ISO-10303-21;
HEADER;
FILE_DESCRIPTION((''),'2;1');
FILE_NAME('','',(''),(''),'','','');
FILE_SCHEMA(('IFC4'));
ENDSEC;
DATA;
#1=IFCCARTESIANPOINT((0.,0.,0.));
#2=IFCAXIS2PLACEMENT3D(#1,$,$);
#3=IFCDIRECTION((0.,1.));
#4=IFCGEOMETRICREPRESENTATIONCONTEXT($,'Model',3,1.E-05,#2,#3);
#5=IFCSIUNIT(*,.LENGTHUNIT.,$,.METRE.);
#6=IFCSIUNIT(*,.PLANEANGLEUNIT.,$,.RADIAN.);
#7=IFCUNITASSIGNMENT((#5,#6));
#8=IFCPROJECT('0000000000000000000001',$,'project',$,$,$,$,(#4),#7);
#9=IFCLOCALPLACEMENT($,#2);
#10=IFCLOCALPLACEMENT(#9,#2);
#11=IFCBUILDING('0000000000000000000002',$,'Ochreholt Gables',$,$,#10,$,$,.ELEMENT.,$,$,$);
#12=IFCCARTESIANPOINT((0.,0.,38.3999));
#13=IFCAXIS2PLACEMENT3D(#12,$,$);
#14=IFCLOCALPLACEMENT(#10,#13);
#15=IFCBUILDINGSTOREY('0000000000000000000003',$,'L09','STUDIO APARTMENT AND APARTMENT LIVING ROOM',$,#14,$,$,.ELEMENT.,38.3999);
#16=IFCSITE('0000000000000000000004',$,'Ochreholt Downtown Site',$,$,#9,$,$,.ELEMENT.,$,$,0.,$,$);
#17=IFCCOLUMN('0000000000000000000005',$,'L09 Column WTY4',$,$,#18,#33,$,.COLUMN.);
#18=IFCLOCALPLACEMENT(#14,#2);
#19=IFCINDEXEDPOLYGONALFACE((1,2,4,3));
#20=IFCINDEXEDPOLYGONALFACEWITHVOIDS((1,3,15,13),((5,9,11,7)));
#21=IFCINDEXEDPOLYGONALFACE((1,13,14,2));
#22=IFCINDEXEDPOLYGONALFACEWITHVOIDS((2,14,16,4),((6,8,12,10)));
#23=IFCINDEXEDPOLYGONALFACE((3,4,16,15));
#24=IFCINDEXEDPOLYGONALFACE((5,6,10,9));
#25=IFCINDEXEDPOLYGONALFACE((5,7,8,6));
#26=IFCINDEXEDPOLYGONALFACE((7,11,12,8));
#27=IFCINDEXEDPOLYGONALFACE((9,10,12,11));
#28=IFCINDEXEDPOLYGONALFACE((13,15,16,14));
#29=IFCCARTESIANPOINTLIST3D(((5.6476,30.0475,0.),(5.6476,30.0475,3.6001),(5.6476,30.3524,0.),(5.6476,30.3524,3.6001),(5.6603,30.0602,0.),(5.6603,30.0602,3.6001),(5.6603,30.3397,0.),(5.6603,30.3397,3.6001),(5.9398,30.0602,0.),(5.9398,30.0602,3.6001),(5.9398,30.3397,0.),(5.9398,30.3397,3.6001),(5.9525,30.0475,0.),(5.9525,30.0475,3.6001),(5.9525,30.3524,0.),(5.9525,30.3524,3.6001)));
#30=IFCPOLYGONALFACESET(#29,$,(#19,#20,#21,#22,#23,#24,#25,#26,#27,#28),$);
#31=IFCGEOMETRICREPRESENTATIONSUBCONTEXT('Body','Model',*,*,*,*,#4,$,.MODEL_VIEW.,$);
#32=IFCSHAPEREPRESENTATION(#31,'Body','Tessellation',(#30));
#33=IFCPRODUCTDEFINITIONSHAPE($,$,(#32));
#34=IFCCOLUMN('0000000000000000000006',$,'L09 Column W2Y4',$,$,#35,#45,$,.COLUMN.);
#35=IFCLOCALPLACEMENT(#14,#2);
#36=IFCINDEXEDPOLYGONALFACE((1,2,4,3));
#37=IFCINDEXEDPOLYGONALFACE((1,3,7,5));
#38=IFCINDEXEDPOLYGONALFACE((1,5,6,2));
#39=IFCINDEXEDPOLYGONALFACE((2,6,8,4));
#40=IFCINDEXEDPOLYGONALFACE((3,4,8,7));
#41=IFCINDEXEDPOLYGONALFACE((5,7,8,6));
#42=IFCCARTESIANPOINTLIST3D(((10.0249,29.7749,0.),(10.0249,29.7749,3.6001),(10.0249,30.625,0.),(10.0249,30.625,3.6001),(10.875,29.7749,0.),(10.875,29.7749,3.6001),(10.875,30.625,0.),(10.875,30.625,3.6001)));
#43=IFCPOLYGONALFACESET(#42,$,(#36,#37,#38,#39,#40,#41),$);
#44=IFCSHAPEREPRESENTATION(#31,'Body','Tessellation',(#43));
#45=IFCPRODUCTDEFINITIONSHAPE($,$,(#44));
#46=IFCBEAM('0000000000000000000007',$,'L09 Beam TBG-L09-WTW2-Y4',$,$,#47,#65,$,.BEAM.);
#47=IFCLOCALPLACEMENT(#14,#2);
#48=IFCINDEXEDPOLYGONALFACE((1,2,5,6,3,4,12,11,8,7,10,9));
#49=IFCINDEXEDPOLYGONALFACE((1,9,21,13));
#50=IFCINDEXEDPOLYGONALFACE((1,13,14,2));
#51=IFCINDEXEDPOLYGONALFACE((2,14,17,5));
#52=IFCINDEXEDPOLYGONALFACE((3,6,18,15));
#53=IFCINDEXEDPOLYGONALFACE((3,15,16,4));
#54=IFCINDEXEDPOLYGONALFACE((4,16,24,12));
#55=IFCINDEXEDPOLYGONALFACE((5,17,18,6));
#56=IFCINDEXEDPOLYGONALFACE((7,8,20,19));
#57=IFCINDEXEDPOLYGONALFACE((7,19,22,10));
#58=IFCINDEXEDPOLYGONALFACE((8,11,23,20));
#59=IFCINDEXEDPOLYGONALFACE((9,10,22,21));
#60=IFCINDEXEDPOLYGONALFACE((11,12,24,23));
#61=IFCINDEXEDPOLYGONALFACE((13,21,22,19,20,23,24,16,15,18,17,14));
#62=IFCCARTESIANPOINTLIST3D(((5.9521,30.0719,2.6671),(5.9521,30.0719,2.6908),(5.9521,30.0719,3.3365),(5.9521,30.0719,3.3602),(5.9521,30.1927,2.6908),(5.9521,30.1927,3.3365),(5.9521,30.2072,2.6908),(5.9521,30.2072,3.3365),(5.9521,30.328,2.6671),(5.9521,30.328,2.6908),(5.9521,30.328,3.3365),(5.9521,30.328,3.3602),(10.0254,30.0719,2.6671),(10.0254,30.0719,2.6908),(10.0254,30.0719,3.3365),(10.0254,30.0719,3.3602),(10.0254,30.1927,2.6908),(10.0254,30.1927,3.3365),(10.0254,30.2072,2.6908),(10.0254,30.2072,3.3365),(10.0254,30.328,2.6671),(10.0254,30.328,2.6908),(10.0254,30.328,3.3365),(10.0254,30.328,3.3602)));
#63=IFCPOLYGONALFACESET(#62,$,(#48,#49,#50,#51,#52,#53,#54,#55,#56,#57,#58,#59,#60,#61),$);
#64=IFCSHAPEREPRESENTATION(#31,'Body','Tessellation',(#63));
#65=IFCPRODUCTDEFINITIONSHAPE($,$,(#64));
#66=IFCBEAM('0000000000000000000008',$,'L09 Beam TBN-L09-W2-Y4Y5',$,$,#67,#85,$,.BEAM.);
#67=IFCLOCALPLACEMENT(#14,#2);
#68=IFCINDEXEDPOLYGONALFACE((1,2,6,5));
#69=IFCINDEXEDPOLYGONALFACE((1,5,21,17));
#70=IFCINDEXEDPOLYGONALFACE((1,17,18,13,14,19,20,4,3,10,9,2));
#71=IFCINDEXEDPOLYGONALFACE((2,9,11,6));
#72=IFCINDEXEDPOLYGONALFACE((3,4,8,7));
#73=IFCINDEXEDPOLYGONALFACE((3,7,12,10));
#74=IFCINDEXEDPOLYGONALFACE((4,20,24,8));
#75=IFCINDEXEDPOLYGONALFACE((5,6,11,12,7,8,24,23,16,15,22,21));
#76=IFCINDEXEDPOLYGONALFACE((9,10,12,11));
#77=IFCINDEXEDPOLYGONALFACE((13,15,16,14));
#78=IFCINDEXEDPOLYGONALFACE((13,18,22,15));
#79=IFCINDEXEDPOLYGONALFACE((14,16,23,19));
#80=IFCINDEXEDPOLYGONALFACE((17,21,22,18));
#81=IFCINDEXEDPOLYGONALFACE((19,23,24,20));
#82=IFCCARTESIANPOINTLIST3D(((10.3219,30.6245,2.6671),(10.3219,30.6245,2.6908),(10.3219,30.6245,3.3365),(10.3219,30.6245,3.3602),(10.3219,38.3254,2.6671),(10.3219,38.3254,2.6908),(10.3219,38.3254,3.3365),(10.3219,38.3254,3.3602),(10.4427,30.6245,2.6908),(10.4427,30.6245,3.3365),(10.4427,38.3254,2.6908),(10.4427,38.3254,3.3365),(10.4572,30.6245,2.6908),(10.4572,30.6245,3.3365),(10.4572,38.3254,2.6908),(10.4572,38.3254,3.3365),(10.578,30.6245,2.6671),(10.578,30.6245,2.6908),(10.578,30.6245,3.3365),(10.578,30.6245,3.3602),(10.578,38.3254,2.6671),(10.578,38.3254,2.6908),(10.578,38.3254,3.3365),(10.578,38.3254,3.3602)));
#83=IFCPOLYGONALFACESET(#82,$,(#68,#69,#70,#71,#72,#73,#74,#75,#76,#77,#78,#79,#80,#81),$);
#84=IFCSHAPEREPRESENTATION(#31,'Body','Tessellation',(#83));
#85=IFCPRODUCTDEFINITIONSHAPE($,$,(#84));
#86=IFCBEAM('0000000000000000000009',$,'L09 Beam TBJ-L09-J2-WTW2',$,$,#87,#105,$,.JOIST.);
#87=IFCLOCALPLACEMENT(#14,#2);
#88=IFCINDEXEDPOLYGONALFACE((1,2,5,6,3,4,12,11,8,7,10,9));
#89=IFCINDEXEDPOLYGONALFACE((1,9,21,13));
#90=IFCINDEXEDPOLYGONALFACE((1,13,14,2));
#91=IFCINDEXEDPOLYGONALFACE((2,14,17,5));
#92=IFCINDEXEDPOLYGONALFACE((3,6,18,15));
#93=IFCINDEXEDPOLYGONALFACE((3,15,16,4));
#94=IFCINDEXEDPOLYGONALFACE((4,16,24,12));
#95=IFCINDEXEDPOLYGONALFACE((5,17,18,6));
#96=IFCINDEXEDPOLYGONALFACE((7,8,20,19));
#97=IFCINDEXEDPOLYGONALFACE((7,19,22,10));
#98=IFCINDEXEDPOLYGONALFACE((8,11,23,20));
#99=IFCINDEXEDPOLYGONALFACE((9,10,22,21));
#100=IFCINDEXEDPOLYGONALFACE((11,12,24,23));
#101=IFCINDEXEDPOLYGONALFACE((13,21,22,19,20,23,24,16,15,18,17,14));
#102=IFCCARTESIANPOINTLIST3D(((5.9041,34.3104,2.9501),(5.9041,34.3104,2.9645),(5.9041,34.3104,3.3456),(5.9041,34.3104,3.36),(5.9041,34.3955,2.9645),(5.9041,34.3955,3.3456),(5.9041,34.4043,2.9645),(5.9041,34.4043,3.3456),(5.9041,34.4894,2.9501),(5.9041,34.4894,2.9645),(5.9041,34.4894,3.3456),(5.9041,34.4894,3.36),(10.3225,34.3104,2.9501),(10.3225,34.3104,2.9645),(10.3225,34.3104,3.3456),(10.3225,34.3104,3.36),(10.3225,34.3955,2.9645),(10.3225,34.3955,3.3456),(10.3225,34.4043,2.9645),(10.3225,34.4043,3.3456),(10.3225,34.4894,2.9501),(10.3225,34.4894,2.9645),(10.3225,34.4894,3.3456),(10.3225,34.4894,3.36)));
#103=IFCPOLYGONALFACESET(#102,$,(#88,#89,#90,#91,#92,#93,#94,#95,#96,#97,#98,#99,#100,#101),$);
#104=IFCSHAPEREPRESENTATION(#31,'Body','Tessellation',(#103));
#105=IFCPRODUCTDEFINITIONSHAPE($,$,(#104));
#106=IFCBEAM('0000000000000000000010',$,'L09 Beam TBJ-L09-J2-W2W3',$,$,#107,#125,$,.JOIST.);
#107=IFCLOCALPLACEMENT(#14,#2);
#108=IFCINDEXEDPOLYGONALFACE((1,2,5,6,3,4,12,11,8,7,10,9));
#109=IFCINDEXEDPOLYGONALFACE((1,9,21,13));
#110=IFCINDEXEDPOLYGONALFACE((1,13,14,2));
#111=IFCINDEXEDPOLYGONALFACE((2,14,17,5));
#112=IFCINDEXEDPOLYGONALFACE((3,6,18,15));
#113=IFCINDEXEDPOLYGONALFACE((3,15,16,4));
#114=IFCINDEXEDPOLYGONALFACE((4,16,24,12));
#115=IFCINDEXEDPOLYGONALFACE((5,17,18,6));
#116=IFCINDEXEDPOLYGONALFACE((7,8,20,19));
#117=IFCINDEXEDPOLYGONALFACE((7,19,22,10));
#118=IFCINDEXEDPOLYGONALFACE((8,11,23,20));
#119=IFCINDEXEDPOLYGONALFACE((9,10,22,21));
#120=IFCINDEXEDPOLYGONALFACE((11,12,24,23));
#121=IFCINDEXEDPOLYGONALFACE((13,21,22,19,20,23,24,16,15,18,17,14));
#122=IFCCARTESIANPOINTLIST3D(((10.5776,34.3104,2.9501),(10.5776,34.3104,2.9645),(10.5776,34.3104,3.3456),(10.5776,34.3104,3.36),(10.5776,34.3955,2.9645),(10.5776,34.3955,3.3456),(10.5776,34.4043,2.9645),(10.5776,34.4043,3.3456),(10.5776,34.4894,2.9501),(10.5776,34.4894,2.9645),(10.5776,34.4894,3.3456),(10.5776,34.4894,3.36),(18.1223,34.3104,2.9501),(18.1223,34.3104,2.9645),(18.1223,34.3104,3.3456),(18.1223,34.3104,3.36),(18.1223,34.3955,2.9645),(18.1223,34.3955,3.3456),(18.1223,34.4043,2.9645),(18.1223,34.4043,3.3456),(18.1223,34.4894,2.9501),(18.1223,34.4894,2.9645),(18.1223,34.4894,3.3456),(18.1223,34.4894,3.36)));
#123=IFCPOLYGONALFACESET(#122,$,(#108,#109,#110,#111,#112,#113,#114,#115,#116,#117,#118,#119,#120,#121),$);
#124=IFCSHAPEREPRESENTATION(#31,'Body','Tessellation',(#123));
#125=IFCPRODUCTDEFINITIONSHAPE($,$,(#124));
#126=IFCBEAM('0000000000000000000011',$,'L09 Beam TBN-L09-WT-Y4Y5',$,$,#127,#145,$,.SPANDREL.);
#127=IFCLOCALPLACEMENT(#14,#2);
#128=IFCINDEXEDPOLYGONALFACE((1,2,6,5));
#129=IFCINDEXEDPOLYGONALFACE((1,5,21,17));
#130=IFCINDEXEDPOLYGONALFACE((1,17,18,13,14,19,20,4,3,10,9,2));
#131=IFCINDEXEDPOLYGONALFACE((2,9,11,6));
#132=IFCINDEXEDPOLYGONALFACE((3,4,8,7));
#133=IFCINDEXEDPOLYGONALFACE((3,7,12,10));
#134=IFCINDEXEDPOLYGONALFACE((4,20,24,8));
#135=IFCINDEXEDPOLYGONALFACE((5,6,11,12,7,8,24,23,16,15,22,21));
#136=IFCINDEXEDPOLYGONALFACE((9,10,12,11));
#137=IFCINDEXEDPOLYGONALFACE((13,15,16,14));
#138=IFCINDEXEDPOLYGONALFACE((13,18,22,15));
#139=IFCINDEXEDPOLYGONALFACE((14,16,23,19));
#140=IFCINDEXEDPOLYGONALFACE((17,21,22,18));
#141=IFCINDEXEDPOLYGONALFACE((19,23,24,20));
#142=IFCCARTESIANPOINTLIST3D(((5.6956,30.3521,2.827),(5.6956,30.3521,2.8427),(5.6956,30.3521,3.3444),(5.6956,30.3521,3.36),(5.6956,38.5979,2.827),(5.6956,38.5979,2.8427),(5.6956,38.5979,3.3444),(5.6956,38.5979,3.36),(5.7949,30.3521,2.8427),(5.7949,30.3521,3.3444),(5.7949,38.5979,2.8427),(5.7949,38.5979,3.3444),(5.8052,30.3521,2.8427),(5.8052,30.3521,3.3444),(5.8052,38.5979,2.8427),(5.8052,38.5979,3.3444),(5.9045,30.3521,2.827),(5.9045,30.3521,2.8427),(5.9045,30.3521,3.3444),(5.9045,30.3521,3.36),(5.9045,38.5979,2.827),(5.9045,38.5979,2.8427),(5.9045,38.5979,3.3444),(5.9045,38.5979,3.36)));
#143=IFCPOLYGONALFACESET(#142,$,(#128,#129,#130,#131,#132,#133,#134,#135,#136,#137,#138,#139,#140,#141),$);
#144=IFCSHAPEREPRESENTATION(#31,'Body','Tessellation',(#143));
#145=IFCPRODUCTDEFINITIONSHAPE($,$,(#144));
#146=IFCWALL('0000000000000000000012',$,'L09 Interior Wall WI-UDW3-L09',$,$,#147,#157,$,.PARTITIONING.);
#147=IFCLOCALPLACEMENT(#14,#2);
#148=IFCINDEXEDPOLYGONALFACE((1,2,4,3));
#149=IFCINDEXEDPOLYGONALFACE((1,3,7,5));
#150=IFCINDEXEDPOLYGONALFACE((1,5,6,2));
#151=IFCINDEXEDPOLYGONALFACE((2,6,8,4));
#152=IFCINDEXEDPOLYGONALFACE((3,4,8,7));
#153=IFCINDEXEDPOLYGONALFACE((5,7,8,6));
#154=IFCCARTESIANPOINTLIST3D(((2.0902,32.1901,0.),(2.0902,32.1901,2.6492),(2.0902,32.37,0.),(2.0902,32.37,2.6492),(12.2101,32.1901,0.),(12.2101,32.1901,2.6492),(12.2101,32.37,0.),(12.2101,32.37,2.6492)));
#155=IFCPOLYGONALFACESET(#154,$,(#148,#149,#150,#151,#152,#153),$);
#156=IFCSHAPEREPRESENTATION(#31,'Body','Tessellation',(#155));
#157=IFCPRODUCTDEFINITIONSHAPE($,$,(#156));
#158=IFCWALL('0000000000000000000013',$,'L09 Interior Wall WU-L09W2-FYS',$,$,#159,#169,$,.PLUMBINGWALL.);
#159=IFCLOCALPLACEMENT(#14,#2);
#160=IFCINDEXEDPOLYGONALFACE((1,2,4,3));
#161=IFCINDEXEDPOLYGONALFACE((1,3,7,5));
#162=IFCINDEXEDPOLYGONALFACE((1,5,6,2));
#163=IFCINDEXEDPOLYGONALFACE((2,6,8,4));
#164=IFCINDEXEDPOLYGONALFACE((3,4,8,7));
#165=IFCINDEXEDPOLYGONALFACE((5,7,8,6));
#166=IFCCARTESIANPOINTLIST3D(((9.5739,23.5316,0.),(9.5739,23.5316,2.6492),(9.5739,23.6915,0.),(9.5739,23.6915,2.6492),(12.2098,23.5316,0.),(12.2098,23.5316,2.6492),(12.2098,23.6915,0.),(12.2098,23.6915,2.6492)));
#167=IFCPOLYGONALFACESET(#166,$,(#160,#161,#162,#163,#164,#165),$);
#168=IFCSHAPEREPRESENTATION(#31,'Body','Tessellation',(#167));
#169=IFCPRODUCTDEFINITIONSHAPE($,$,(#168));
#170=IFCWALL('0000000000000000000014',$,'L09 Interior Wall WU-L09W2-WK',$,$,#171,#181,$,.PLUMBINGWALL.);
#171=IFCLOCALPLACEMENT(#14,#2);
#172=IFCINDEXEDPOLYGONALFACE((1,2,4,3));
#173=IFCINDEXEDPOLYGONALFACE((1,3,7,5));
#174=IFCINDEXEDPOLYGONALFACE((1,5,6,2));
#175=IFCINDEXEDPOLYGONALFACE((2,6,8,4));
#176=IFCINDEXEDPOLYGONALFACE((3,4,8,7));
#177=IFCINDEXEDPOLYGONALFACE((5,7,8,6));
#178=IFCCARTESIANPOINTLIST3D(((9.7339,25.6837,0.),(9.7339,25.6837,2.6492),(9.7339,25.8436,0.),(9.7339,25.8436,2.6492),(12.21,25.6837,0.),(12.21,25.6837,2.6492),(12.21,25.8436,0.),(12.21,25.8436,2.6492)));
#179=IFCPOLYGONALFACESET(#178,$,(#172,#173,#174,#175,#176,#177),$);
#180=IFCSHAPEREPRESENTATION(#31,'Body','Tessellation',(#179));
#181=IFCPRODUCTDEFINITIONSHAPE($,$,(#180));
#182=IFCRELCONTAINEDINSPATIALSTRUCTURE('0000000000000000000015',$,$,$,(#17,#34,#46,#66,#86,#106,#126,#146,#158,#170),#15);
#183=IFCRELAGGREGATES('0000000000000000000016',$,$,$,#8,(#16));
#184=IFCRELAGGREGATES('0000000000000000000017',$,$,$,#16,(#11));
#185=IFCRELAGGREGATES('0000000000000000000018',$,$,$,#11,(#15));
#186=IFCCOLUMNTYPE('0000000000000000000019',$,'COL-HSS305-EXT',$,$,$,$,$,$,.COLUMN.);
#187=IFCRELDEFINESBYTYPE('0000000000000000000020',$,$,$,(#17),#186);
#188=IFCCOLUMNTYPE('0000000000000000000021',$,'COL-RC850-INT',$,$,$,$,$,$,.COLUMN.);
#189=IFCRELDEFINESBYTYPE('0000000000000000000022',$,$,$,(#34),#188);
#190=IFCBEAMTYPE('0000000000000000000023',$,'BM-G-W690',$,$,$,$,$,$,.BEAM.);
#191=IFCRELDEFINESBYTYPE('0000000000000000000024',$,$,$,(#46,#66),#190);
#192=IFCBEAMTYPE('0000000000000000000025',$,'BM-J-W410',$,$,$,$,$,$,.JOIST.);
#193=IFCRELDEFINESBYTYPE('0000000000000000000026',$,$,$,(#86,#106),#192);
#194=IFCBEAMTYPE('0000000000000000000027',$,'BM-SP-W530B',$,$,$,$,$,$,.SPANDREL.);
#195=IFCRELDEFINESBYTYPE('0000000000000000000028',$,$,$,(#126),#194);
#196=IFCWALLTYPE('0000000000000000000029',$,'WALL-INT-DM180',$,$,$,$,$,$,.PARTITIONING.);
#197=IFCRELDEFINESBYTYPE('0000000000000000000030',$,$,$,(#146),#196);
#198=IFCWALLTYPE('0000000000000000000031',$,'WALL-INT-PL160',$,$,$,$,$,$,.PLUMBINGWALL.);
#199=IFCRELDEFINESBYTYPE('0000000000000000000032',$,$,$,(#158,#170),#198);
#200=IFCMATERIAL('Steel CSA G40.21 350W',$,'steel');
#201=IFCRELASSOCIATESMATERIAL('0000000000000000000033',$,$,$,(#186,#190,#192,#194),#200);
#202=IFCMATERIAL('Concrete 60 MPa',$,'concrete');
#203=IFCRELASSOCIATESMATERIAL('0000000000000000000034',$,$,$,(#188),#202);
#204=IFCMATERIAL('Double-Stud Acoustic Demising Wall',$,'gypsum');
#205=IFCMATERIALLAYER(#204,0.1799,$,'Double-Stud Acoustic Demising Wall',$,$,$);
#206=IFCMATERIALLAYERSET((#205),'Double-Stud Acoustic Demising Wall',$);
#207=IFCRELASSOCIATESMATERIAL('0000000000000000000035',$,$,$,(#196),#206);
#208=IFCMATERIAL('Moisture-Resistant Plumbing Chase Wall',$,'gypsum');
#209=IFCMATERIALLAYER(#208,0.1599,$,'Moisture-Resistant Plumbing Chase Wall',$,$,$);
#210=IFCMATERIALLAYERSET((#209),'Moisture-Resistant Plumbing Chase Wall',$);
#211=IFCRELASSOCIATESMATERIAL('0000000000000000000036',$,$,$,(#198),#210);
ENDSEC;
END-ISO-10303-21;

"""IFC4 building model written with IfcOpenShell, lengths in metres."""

from ifc_helpers import new_model, si_unit, direction, frame, frame_2d, origin, origin_2d, place, context, subcontext, project, spatial, rectangle, hollow_rectangle, i_section, extrude, material, layer, layer_set, material_profile, profile_set, type_object, element, save


model = new_model("IFC4")

# Units and contexts
model_context = context("Model", 3, precision=1e-05, world=origin(), true_north=direction((0.0, 1.0)))
body_context = subcontext(model_context, "Body", "Model", "MODEL_VIEW")
ifc_project = project(units=[si_unit("LENGTHUNIT", "METRE"), si_unit("PLANEANGLEUNIT", "RADIAN")], contexts=[model_context])

# Site, building, storey
site_placement = place(None, origin())
site = spatial("IfcSite", under=ifc_project, at=site_placement, Name="Ochreholt Downtown Site", CompositionType="ELEMENT", RefElevation=0.0)
building_placement = place(site_placement, origin())
building = spatial("IfcBuilding", under=site, at=building_placement, Name="Ochreholt Gables", CompositionType="ELEMENT")
storey_placement = place(building_placement, frame((0.0, 0.0, 38.3999)))
storey = spatial("IfcBuildingStorey", under=building, at=storey_placement, Name="L09", Description="STUDIO APARTMENT AND APARTMENT LIVING ROOM", CompositionType="ELEMENT", Elevation=38.3999)

# Columns
ifc_material_1 = material(Name="Steel CSA G40.21 350W", Category="steel")
ifc_material_profile_1 = material_profile(ifc_material_1, hollow_rectangle(XDim=0.3049, YDim=0.3049, WallThickness=0.0127, at=origin_2d()), Name="HSS305X305X13")
ifc_profile_set_1 = profile_set([ifc_material_profile_1], Name="Steel CSA G40.21 350W")
column_type_1 = type_object("IfcColumnType", Name="COL-HSS305-EXT", PredefinedType="COLUMN", material=ifc_profile_set_1)
column_1_placement = place(storey_placement, frame((5.8, 30.2, 0.0), z_axis=(0.0, 0.0, 1.0), x_axis=(1.0, 0.0, 0.0)))
element("IfcColumn", 1, at=column_1_placement, inside=storey, type_object=column_type_1, Name="L09 Column WTY4", PredefinedType="COLUMN", context=body_context, shape_type="SweptSolid", body=[
    extrude(hollow_rectangle(XDim=0.3049, YDim=0.3049, WallThickness=0.0127, at=origin_2d()), origin(), (0.0, 0.0, 1.0), 3.6001),
])
ifc_material_2 = material(Name="Concrete 60 MPa", Category="concrete")
ifc_material_profile_2 = material_profile(ifc_material_2, rectangle(XDim=0.8501, YDim=0.8501, at=origin_2d()), Name="RC850X850")
ifc_profile_set_2 = profile_set([ifc_material_profile_2], Name="Concrete 60 MPa")
column_type_2 = type_object("IfcColumnType", Name="COL-RC850-INT", PredefinedType="COLUMN", material=ifc_profile_set_2)
column_2_placement = place(storey_placement, frame((10.45, 30.2, 0.0), z_axis=(0.0, 0.0, 1.0), x_axis=(1.0, 0.0, 0.0)))
element("IfcColumn", 2, at=column_2_placement, inside=storey, type_object=column_type_2, Name="L09 Column W2Y4", PredefinedType="COLUMN", context=body_context, shape_type="SweptSolid", body=[
    extrude(rectangle(XDim=0.8501, YDim=0.8501, at=origin_2d()), origin(), (0.0, 0.0, 1.0), 3.6001),
])

# Beams
ifc_material_profile_3 = material_profile(ifc_material_1, i_section(OverallWidth=0.2561, OverallDepth=0.6931, WebThickness=0.0144, FlangeThickness=0.0237, at=origin_2d()), Name="W690X170")
ifc_profile_set_3 = profile_set([ifc_material_profile_3], Name="Steel CSA G40.21 350W")
beam_type_1 = type_object("IfcBeamType", Name="BM-G-W690", PredefinedType="BEAM", material=ifc_profile_set_3)
beam_1_placement = place(storey_placement, frame((5.9521, 30.2, 3.0137), z_axis=(1.0, 0.0, 0.0), x_axis=(0.0, 1.0, 0.0)))
element("IfcBeam", 3, at=beam_1_placement, inside=storey, type_object=beam_type_1, Name="L09 Beam TBG-L09-WTW2-Y4", PredefinedType="BEAM", context=body_context, shape_type="SweptSolid", body=[
    extrude(i_section(OverallWidth=0.2561, OverallDepth=0.6931, WebThickness=0.0144, FlangeThickness=0.0237, at=origin_2d()), origin(), (0.0, 0.0, 1.0), 4.0732),
])
beam_2_placement = place(storey_placement, frame((10.45, 30.6245, 3.0137), z_axis=(0.0, 1.0, 0.0), x_axis=(-1.0, 0.0, 0.0)))
element("IfcBeam", 4, at=beam_2_placement, inside=storey, type_object=beam_type_1, Name="L09 Beam TBN-L09-W2-Y4Y5", PredefinedType="BEAM", context=body_context, shape_type="SweptSolid", body=[
    extrude(i_section(OverallWidth=0.2561, OverallDepth=0.6931, WebThickness=0.0144, FlangeThickness=0.0237, at=origin_2d()), origin(), (0.0, 0.0, 1.0), 7.7009),
])
ifc_material_profile_4 = material_profile(ifc_material_1, i_section(OverallWidth=0.179, OverallDepth=0.4099, WebThickness=0.0088, FlangeThickness=0.0144, at=origin_2d()), Name="W410X67")
ifc_profile_set_4 = profile_set([ifc_material_profile_4], Name="Steel CSA G40.21 350W")
beam_type_2 = type_object("IfcBeamType", Name="BM-J-W410", PredefinedType="JOIST", material=ifc_profile_set_4)
beam_3_placement = place(storey_placement, frame((5.9041, 34.3999, 3.155), z_axis=(1.0, 0.0, 0.0), x_axis=(0.0, 1.0, 0.0)))
element("IfcBeam", 5, at=beam_3_placement, inside=storey, type_object=beam_type_2, Name="L09 Beam TBJ-L09-J2-WTW2", PredefinedType="JOIST", context=body_context, shape_type="SweptSolid", body=[
    extrude(i_section(OverallWidth=0.179, OverallDepth=0.4099, WebThickness=0.0088, FlangeThickness=0.0144, at=origin_2d()), origin(), (0.0, 0.0, 1.0), 4.4185),
])
beam_4_placement = place(storey_placement, frame((10.5776, 34.3999, 3.155), z_axis=(1.0, 0.0, 0.0), x_axis=(0.0, 1.0, 0.0)))
element("IfcBeam", 6, at=beam_4_placement, inside=storey, type_object=beam_type_2, Name="L09 Beam TBJ-L09-J2-W2W3", PredefinedType="JOIST", context=body_context, shape_type="SweptSolid", body=[
    extrude(i_section(OverallWidth=0.179, OverallDepth=0.4099, WebThickness=0.0088, FlangeThickness=0.0144, at=origin_2d()), origin(), (0.0, 0.0, 1.0), 7.5447),
])
ifc_material_profile_5 = material_profile(ifc_material_1, i_section(OverallWidth=0.209, OverallDepth=0.533, WebThickness=0.0103, FlangeThickness=0.0156, at=origin_2d()), Name="W530X92")
ifc_profile_set_5 = profile_set([ifc_material_profile_5], Name="Steel CSA G40.21 350W")
beam_type_3 = type_object("IfcBeamType", Name="BM-SP-W530B", PredefinedType="SPANDREL", material=ifc_profile_set_5)
beam_5_placement = place(storey_placement, frame((5.8, 30.3521, 3.0935), z_axis=(0.0, 1.0, 0.0), x_axis=(-1.0, 0.0, 0.0)))
element("IfcBeam", 7, at=beam_5_placement, inside=storey, type_object=beam_type_3, Name="L09 Beam TBN-L09-WT-Y4Y5", PredefinedType="SPANDREL", context=body_context, shape_type="SweptSolid", body=[
    extrude(i_section(OverallWidth=0.209, OverallDepth=0.533, WebThickness=0.0103, FlangeThickness=0.0156, at=origin_2d()), origin(), (0.0, 0.0, 1.0), 8.2458),
])

# Walls
ifc_material_3 = material(Name="Double-Stud Acoustic Demising Wall", Category="gypsum")
ifc_layer_1 = layer(ifc_material_3, 0.1799, Name="Double-Stud Acoustic Demising Wall")
ifc_layer_set_1 = layer_set([ifc_layer_1], Name="Double-Stud Acoustic Demising Wall")
wall_type_1 = type_object("IfcWallType", Name="WALL-INT-DM180", PredefinedType="PARTITIONING", material=ifc_layer_set_1)
wall_1_placement = place(storey_placement, frame((2.0901, 32.28, 0.0), z_axis=(0.0, 0.0, 1.0), x_axis=(1.0, 0.0, 0.0)))
element("IfcWall", 8, at=wall_1_placement, inside=storey, type_object=wall_type_1, Name="L09 Interior Wall WI-UDW3-L09", PredefinedType="PARTITIONING", context=body_context, shape_type="SweptSolid", body=[
    extrude(rectangle(XDim=10.1199, YDim=0.1799, at=frame_2d((5.0601, 0.0))), origin(), (0.0, 0.0, 1.0), 2.6492),
])
ifc_material_4 = material(Name="Moisture-Resistant Plumbing Chase Wall", Category="gypsum")
ifc_layer_2 = layer(ifc_material_4, 0.1599, Name="Moisture-Resistant Plumbing Chase Wall")
ifc_layer_set_2 = layer_set([ifc_layer_2], Name="Moisture-Resistant Plumbing Chase Wall")
wall_type_2 = type_object("IfcWallType", Name="WALL-INT-PL160", PredefinedType="PLUMBINGWALL", material=ifc_layer_set_2)
wall_2_placement = place(storey_placement, frame((9.574, 23.6116, 0.0), z_axis=(0.0, 0.0, 1.0), x_axis=(1.0, 0.0, 0.0)))
element("IfcWall", 9, at=wall_2_placement, inside=storey, type_object=wall_type_2, Name="L09 Interior Wall WU-L09W2-FYS", PredefinedType="PLUMBINGWALL", context=body_context, shape_type="SweptSolid", body=[
    extrude(rectangle(XDim=2.636, YDim=0.1599, at=frame_2d((1.3179, 0.0))), origin(), (0.0, 0.0, 1.0), 2.6492),
])

# Wall
wall_3_placement = place(storey_placement, frame((9.7339, 25.7637, 0.0), z_axis=(0.0, 0.0, 1.0), x_axis=(1.0, 0.0, 0.0)))
element("IfcWall", 10, at=wall_3_placement, inside=storey, type_object=wall_type_2, Name="L09 Interior Wall WU-L09W2-WK", PredefinedType="PLUMBINGWALL", context=body_context, shape_type="SweptSolid", body=[
    extrude(rectangle(XDim=2.4761, YDim=0.1599, at=frame_2d((1.238, 0.0))), origin(), (0.0, 0.0, 1.0), 2.6492),
])

save(model, "model.ifc")
